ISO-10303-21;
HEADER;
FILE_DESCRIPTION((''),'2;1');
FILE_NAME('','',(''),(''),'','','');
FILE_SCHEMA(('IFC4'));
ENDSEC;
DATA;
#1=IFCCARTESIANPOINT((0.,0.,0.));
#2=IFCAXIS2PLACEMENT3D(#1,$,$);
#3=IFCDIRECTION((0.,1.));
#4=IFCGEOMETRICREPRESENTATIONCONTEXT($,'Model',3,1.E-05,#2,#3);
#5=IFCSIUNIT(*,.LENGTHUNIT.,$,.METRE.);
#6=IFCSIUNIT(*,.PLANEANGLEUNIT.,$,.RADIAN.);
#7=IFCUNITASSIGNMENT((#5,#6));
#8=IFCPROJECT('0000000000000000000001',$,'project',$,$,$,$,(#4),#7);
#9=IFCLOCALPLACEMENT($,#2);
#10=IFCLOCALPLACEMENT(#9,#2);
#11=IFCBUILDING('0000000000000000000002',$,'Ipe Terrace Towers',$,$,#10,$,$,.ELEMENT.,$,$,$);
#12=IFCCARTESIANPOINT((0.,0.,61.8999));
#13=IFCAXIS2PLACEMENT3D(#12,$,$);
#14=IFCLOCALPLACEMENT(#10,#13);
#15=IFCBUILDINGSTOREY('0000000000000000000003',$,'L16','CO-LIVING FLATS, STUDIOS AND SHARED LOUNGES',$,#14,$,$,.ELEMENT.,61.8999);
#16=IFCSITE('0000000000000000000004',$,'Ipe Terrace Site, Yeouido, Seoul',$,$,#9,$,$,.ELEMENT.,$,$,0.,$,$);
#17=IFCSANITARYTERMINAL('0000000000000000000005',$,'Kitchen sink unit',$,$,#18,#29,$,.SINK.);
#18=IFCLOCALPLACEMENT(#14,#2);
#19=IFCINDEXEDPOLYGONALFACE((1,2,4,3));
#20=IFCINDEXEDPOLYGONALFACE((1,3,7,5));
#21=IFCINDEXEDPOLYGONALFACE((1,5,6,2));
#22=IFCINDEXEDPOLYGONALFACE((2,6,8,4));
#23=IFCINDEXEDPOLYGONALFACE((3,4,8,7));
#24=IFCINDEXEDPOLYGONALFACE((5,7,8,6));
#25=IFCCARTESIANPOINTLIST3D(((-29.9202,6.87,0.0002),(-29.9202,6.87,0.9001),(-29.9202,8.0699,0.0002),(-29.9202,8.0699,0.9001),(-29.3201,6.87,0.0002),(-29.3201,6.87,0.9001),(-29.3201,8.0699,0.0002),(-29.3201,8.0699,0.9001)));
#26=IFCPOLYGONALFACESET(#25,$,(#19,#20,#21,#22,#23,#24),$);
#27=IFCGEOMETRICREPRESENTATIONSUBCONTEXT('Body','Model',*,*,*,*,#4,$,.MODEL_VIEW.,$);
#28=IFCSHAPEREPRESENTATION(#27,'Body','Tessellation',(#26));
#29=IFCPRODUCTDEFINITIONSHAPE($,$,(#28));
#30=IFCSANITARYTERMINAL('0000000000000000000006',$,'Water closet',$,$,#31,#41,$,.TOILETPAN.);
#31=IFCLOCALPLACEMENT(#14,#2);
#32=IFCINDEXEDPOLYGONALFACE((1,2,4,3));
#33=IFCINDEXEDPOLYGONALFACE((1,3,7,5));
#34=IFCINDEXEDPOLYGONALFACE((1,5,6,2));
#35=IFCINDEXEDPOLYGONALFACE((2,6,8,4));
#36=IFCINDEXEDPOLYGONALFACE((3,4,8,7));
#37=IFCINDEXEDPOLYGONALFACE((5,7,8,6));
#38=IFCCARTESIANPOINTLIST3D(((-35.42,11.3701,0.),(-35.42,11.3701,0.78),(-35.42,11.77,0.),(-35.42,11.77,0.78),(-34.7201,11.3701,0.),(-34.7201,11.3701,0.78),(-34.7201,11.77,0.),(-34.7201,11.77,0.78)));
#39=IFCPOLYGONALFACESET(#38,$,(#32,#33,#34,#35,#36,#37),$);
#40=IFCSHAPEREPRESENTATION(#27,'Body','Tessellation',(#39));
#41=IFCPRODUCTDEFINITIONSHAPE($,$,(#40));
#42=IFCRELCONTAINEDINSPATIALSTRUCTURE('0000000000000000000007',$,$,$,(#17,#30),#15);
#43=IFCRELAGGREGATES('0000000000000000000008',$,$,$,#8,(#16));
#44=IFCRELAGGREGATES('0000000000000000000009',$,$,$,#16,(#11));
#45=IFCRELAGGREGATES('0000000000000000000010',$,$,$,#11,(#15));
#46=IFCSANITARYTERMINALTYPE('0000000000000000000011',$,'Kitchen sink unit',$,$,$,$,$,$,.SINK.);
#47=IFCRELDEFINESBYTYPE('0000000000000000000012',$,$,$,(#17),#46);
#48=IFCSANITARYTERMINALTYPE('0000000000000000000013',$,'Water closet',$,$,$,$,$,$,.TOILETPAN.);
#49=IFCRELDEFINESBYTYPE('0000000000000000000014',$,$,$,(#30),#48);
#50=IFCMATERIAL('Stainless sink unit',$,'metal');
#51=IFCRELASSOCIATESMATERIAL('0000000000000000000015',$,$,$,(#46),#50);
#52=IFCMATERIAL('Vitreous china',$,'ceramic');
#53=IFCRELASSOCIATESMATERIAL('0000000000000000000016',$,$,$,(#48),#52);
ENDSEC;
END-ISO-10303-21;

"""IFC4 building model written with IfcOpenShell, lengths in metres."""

from ifc_helpers import new_model, si_unit, direction, frame, origin, origin_2d, place, context, subcontext, project, spatial, rectangle, extrude, material, type_object, element, save


model = new_model("IFC4")

# Units and contexts
model_context = context("Model", 3, precision=1e-05, world=origin(), true_north=direction((0.0, 1.0)))
body_context = subcontext(model_context, "Body", "Model", "MODEL_VIEW")
ifc_project = project(units=[si_unit("LENGTHUNIT", "METRE"), si_unit("PLANEANGLEUNIT", "RADIAN")], contexts=[model_context])

# Site, building, storey
site_placement = place(None, origin())
site = spatial("IfcSite", under=ifc_project, at=site_placement, Name="Ipe Terrace Site, Yeouido, Seoul", CompositionType="ELEMENT", RefElevation=0.0)
building_placement = place(site_placement, origin())
building = spatial("IfcBuilding", under=site, at=building_placement, Name="Ipe Terrace Towers", CompositionType="ELEMENT")
storey_placement = place(building_placement, frame((0.0, 0.0, 61.8999)))
storey = spatial("IfcBuildingStorey", under=building, at=storey_placement, Name="L16", Description="CO-LIVING FLATS, STUDIOS AND SHARED LOUNGES", CompositionType="ELEMENT", Elevation=61.8999)

# Sanitary terminals
ifc_material_1 = material(Name="Stainless sink unit", Category="metal")
sanitary_terminal_type_1 = type_object("IfcSanitaryTerminalType", Name="Kitchen sink unit", PredefinedType="SINK", material=ifc_material_1)
sanitary_terminal_1_placement = place(storey_placement, frame((-29.6201, 7.47, 0.0002), z_axis=(0.0, 0.0, 1.0), x_axis=(0.0, -1.0, 0.0)))
element("IfcSanitaryTerminal", 1, at=sanitary_terminal_1_placement, inside=storey, type_object=sanitary_terminal_type_1, Name="Kitchen sink unit", PredefinedType="SINK", context=body_context, shape_type="SweptSolid", body=[
    extrude(rectangle(XDim=1.2, YDim=0.6001, at=origin_2d()), origin(), (0.0, 0.0, 1.0), 0.8999),
])
ifc_material_2 = material(Name="Vitreous china", Category="ceramic")
sanitary_terminal_type_2 = type_object("IfcSanitaryTerminalType", Name="Water closet", PredefinedType="TOILETPAN", material=ifc_material_2)
sanitary_terminal_2_placement = place(storey_placement, frame((-35.0701, 11.5701, 0.0), z_axis=(0.0, 0.0, 1.0), x_axis=(-1.0, 0.0, 0.0)))
element("IfcSanitaryTerminal", 2, at=sanitary_terminal_2_placement, inside=storey, type_object=sanitary_terminal_type_2, Name="Water closet", PredefinedType="TOILETPAN", context=body_context, shape_type="SweptSolid", body=[
    extrude(rectangle(XDim=0.7, YDim=0.3999, at=origin_2d()), origin(), (0.0, 0.0, 1.0), 0.78),
])

save(model, "model.ifc")
